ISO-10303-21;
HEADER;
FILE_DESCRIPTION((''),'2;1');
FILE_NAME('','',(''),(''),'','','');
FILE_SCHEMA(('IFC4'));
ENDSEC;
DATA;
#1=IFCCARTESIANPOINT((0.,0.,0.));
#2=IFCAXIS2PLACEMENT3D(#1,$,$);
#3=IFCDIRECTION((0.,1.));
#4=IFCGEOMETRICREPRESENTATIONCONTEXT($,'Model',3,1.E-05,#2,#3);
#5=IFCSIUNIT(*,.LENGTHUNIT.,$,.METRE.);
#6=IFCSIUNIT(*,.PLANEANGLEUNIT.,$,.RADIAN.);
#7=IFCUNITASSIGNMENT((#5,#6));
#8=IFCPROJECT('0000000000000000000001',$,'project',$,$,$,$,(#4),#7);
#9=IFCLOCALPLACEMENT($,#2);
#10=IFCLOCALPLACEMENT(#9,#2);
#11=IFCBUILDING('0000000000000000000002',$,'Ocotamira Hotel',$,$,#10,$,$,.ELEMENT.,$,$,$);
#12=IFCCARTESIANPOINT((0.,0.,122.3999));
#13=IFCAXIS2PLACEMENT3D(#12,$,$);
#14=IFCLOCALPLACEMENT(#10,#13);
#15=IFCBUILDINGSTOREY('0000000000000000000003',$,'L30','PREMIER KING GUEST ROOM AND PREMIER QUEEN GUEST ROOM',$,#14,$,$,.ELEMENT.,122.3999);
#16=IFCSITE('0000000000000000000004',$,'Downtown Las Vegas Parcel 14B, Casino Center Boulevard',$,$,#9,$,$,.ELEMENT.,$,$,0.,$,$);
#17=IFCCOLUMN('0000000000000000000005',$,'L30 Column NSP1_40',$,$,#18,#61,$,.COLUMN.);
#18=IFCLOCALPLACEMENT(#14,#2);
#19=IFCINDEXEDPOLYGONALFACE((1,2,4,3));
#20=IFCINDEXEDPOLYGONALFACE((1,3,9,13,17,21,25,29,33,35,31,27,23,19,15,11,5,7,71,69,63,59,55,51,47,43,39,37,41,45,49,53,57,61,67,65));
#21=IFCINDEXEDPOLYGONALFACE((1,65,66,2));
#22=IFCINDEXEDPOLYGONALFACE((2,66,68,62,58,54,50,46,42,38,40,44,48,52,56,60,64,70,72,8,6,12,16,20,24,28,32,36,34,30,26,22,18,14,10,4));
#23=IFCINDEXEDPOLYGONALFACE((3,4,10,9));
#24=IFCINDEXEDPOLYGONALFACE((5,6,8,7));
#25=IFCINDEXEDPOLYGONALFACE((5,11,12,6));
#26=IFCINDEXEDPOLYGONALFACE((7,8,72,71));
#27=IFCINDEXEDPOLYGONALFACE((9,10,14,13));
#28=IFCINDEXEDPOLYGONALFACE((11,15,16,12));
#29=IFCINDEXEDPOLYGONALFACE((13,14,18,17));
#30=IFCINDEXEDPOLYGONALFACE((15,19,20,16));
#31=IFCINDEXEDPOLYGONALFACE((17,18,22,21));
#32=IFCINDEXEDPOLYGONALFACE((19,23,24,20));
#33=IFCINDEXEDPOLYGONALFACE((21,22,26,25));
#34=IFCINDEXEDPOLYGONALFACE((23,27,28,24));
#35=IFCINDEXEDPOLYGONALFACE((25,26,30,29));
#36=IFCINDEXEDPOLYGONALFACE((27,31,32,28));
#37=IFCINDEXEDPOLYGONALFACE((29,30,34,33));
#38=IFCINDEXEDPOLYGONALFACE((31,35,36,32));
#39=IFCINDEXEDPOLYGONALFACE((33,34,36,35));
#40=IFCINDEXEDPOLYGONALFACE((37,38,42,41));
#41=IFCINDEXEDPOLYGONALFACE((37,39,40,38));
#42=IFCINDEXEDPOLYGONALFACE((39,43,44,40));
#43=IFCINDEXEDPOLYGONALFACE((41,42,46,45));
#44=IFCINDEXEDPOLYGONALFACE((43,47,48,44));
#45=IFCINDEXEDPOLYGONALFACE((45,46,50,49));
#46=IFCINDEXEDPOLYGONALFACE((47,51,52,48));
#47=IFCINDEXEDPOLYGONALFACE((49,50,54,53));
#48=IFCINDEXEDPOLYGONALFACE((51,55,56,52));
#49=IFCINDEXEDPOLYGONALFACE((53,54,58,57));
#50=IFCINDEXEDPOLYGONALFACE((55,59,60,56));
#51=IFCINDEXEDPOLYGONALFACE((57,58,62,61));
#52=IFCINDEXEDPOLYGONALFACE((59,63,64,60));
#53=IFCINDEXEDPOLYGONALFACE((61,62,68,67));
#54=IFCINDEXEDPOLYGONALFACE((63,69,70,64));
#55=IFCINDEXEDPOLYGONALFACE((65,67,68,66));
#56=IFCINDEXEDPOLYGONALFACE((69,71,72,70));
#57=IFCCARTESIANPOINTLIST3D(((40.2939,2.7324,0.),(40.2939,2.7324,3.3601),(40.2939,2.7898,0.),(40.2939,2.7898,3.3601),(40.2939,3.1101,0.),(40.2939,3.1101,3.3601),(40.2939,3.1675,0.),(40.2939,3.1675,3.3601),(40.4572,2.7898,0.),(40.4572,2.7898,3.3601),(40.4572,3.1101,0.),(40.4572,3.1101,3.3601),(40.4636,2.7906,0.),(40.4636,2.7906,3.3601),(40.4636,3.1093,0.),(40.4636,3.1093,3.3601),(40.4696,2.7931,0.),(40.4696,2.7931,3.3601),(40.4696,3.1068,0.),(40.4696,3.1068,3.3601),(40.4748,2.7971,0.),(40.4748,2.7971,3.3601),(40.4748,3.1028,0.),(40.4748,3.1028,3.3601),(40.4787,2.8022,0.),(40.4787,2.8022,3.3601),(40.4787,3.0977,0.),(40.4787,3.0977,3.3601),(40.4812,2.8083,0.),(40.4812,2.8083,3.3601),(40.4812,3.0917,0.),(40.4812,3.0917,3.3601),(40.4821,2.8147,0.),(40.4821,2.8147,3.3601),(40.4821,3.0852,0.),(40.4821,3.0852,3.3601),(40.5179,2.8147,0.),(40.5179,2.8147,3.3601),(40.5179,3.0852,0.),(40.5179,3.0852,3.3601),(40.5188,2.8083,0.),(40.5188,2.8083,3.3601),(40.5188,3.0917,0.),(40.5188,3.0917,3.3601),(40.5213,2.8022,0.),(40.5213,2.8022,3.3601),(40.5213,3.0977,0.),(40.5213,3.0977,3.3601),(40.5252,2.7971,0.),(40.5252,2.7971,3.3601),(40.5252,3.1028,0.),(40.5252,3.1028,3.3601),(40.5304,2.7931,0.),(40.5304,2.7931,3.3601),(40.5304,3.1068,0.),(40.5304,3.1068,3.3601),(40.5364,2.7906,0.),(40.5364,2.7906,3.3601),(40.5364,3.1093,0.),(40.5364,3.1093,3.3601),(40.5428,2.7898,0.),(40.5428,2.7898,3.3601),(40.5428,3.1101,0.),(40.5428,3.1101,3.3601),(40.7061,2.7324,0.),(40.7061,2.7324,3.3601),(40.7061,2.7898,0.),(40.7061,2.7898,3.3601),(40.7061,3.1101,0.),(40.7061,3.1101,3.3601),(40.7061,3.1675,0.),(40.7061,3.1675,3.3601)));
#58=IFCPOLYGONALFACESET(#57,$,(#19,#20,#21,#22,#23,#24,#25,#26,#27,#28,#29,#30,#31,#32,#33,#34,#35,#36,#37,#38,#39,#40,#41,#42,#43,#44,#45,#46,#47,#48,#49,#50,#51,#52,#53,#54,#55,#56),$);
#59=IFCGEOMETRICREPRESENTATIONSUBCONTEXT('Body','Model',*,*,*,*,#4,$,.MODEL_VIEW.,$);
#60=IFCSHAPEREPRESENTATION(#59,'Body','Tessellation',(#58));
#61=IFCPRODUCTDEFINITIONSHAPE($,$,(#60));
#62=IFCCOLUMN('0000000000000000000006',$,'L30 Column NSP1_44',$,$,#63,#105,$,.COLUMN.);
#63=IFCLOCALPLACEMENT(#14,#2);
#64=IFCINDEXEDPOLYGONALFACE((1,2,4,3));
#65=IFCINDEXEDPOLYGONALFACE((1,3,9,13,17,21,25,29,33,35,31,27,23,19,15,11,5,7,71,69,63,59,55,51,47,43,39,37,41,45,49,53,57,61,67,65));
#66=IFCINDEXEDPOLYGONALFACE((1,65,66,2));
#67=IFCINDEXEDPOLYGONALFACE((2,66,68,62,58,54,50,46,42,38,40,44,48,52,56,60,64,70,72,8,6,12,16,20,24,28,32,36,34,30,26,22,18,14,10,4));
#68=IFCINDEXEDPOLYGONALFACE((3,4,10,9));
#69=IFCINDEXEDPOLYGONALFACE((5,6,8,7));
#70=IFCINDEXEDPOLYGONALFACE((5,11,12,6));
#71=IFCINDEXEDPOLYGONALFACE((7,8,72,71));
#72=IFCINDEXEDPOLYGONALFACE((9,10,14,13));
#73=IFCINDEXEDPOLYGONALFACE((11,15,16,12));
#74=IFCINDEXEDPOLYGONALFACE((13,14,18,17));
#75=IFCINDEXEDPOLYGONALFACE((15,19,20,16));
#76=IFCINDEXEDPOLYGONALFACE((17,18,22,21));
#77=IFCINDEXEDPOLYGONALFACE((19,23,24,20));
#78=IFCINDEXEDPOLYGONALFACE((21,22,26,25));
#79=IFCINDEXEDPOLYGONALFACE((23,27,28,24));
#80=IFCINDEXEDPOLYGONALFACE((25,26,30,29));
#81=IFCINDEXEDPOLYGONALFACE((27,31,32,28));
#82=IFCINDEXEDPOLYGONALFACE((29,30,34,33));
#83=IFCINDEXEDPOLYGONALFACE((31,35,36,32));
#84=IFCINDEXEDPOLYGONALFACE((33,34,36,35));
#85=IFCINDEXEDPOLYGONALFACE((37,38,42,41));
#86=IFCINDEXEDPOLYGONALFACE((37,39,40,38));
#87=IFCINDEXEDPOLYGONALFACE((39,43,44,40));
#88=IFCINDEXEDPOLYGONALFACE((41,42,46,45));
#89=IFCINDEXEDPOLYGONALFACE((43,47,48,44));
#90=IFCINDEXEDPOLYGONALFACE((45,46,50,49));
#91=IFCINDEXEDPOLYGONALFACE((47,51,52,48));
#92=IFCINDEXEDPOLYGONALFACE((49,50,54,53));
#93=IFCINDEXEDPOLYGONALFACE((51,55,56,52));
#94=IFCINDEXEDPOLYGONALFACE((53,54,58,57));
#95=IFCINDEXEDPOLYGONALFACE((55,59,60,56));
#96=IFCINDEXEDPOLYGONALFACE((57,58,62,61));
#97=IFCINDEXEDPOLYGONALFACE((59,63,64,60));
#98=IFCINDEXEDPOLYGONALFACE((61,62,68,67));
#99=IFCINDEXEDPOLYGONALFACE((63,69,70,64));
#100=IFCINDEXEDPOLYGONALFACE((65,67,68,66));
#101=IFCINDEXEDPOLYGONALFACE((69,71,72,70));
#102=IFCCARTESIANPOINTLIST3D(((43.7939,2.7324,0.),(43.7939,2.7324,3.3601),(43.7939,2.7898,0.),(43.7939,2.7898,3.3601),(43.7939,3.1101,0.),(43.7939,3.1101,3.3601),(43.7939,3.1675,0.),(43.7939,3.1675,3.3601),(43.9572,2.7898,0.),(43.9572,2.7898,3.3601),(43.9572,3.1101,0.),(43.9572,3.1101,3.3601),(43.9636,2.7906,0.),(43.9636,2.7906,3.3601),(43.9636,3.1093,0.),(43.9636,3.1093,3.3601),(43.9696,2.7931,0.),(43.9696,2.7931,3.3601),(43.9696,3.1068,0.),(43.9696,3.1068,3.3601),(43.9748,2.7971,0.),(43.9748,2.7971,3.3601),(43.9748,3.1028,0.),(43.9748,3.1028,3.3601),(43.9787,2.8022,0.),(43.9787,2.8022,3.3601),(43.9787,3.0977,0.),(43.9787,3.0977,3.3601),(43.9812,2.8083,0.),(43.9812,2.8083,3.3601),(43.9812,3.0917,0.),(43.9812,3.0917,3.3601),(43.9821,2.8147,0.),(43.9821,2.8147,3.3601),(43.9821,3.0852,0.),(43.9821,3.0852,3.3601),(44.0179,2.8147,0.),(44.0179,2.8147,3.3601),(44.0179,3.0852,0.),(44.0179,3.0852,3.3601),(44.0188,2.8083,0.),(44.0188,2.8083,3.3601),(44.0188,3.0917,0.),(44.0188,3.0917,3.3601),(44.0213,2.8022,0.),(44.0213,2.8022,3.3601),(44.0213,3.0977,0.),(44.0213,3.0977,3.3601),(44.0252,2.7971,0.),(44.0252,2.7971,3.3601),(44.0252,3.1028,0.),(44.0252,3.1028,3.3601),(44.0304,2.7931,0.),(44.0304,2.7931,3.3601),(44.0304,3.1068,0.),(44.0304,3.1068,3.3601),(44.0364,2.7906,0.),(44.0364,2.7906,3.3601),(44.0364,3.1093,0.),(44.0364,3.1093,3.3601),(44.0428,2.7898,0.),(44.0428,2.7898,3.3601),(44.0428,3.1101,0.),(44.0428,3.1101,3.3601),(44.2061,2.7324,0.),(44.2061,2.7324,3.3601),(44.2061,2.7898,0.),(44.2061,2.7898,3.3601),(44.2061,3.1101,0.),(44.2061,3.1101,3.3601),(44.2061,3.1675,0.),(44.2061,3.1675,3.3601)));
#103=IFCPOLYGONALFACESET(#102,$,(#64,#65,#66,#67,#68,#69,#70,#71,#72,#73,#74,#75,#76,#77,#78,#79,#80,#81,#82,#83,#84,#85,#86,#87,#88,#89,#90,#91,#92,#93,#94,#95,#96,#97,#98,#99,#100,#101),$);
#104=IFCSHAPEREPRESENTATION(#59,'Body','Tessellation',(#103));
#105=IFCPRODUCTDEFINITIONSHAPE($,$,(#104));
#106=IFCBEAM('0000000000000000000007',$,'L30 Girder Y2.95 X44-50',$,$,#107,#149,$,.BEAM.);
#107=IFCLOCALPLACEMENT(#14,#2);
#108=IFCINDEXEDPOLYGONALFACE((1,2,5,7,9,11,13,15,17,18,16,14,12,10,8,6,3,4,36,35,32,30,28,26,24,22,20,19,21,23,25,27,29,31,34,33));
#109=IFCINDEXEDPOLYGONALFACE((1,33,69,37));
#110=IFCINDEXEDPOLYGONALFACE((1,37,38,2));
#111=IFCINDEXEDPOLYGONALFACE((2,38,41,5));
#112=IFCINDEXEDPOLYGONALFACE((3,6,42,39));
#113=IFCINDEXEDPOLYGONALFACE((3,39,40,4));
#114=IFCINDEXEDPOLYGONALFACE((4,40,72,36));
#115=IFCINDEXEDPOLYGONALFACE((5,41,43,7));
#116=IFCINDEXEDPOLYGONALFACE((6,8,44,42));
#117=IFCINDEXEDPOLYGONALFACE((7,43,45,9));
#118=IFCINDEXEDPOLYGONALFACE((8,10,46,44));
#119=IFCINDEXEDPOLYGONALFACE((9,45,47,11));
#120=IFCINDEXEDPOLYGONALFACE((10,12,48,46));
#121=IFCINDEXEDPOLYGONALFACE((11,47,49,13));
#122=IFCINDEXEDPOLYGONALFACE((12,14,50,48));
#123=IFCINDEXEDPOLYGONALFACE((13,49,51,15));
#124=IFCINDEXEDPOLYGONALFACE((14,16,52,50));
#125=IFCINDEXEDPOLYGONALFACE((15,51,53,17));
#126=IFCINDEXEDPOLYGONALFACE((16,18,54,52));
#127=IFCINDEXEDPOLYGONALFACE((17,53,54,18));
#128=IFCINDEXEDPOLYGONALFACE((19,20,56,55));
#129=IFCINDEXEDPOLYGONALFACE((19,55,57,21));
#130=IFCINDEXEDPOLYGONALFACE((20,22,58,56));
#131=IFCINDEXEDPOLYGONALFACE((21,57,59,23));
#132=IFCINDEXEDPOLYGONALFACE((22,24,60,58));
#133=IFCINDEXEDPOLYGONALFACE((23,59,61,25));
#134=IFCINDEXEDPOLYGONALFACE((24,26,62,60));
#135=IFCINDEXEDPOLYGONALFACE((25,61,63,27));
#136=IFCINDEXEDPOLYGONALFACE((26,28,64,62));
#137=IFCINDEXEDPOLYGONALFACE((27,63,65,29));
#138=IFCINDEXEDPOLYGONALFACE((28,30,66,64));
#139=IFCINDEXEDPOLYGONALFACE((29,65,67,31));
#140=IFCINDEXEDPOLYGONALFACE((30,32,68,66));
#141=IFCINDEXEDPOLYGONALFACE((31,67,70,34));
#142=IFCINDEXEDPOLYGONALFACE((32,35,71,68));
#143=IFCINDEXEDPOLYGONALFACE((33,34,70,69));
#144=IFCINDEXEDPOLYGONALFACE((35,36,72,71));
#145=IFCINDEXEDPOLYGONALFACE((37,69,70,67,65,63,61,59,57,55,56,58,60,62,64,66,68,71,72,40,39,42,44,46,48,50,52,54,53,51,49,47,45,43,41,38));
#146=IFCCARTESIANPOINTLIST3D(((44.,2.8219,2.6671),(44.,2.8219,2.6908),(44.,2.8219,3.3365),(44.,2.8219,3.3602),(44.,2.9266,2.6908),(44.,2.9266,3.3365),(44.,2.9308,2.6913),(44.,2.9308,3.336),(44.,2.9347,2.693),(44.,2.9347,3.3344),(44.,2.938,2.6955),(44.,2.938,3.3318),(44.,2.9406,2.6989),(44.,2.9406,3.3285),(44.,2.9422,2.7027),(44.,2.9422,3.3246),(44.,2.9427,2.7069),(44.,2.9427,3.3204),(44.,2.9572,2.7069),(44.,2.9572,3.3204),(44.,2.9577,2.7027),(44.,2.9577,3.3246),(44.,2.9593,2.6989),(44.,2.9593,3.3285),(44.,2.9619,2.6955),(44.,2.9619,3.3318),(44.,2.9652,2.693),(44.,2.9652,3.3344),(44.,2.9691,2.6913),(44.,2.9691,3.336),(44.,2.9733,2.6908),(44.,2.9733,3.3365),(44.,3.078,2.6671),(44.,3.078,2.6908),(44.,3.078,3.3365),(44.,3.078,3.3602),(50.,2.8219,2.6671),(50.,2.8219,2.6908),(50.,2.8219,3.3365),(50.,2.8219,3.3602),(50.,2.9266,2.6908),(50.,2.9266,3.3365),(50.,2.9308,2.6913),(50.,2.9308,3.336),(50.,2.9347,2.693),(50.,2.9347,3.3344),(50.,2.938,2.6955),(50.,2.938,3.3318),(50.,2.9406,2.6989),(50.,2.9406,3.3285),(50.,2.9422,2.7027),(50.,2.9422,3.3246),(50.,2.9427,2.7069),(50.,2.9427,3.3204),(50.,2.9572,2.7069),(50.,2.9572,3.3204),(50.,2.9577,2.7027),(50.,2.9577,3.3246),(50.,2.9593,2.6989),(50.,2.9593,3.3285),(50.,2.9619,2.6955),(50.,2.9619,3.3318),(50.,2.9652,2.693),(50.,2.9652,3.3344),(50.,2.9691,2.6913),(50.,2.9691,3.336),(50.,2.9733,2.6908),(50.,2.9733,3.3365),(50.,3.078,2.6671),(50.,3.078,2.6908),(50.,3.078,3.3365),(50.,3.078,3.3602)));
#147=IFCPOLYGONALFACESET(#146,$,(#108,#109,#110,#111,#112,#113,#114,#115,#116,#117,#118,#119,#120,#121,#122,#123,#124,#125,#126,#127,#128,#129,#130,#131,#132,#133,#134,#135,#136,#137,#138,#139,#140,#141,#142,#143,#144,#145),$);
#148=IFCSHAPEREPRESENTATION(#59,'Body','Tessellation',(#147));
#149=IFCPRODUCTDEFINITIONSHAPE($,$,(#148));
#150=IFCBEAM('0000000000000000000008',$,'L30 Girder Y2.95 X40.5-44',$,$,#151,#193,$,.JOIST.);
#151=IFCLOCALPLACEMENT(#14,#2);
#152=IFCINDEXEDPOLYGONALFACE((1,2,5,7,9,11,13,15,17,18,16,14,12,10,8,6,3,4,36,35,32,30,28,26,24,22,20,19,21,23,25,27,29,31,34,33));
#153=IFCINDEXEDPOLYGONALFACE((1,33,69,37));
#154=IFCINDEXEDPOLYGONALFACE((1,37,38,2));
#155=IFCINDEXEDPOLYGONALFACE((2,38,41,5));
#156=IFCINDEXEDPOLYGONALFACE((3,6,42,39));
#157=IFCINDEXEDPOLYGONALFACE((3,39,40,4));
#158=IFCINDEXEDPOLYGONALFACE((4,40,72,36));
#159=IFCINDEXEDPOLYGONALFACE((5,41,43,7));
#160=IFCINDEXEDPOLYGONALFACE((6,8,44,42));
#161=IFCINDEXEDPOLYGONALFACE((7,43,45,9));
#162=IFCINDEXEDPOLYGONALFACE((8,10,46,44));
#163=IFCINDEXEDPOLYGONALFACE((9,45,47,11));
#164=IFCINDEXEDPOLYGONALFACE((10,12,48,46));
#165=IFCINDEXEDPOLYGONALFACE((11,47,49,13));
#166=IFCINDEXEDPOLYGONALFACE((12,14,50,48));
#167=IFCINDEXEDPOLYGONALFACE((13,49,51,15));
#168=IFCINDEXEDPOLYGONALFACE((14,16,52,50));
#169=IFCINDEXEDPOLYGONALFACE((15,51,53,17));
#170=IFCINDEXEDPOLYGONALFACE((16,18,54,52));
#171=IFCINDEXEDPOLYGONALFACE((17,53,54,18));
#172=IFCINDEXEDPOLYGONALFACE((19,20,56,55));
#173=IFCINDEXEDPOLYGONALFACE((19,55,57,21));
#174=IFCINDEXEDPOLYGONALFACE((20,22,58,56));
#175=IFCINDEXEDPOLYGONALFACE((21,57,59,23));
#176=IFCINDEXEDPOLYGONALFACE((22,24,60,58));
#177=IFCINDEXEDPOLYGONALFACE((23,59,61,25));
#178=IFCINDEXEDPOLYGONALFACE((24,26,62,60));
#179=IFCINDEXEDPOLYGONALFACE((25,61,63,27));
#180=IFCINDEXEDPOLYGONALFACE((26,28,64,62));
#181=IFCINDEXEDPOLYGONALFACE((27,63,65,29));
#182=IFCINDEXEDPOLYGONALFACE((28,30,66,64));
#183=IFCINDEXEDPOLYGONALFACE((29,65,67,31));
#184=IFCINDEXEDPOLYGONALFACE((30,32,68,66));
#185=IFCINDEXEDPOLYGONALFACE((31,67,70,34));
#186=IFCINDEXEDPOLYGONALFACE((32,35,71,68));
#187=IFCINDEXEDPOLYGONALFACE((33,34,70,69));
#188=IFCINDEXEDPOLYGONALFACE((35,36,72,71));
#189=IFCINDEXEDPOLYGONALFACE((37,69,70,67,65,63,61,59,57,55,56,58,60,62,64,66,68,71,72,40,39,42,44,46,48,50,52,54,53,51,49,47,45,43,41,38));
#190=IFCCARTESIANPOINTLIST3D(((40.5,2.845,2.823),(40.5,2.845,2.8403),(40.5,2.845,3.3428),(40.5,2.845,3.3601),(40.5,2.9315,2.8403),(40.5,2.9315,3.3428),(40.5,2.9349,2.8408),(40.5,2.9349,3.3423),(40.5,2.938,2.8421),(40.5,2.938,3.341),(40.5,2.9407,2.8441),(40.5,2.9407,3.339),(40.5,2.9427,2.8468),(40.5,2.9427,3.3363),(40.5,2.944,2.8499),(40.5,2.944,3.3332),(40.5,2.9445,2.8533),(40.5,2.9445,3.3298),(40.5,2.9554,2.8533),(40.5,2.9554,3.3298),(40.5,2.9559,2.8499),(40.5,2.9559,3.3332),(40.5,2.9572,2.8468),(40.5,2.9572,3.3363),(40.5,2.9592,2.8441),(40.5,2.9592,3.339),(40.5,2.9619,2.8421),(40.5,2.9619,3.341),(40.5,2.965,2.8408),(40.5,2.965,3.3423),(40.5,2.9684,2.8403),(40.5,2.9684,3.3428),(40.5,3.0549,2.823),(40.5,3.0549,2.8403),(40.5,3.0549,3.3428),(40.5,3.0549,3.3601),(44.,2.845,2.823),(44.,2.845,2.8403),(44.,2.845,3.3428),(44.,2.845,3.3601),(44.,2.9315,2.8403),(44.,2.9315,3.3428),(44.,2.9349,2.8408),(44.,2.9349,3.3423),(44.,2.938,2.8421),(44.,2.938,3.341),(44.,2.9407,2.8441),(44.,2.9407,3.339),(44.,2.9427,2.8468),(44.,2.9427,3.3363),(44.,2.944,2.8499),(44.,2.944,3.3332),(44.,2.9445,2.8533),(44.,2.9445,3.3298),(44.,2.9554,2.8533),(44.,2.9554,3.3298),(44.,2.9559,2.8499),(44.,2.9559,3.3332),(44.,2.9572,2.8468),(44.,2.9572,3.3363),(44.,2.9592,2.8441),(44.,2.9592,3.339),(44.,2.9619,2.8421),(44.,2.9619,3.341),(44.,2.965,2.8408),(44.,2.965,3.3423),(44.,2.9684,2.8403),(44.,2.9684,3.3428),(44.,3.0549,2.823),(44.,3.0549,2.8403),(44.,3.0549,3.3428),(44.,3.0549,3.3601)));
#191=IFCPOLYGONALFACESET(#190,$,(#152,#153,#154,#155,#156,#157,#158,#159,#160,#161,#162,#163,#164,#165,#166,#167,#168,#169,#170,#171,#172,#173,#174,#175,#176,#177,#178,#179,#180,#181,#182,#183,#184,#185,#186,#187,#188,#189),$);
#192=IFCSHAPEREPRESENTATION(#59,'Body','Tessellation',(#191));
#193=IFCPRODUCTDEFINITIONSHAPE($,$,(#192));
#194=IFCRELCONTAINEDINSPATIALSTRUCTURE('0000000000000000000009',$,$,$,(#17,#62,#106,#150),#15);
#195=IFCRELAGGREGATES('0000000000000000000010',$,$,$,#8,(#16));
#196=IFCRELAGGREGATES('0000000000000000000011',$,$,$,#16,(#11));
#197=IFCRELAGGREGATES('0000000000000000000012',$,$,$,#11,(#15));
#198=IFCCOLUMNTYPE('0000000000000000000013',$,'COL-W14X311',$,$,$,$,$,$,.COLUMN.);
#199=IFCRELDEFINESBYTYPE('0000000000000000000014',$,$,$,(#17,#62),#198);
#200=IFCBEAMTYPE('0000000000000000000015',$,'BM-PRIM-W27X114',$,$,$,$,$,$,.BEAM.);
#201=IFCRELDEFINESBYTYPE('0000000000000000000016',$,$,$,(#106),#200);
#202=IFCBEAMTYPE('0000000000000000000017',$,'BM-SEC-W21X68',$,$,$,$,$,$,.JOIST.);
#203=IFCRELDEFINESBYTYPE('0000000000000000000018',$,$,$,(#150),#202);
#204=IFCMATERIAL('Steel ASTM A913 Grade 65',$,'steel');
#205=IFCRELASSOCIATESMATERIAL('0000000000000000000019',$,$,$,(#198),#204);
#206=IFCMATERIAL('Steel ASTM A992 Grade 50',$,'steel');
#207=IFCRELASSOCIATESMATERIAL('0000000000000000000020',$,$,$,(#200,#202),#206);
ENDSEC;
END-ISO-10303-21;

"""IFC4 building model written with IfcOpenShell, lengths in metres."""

from ifc_helpers import new_model, si_unit, direction, frame, origin, origin_2d, place, context, subcontext, project, spatial, i_section, extrude, source, transform, mapped, material, material_profile, profile_set, type_object, element, save


model = new_model("IFC4")

# Units and contexts
model_context = context("Model", 3, precision=1e-05, world=origin(), true_north=direction((0.0, 1.0)))
body_context = subcontext(model_context, "Body", "Model", "MODEL_VIEW")
ifc_project = project(units=[si_unit("LENGTHUNIT", "METRE"), si_unit("PLANEANGLEUNIT", "RADIAN")], contexts=[model_context])

# Site, building, storey
site_placement = place(None, origin())
site = spatial("IfcSite", under=ifc_project, at=site_placement, Name="Downtown Las Vegas Parcel 14B, Casino Center Boulevard", CompositionType="ELEMENT", RefElevation=0.0)
building_placement = place(site_placement, origin())
building = spatial("IfcBuilding", under=site, at=building_placement, Name="Ocotamira Hotel", CompositionType="ELEMENT")
storey_placement = place(building_placement, frame((0.0, 0.0, 122.3999)))
storey = spatial("IfcBuildingStorey", under=building, at=storey_placement, Name="L30", Description="PREMIER KING GUEST ROOM AND PREMIER QUEEN GUEST ROOM", CompositionType="ELEMENT", Elevation=122.3999)

# Columns
ifc_material_1 = material(Name="Steel ASTM A913 Grade 65", Category="steel")
ifc_material_profile_1 = material_profile(ifc_material_1, i_section(OverallWidth=0.4121, OverallDepth=0.4351, WebThickness=0.0359, FlangeThickness=0.0574, FilletRadius=0.0249, at=origin_2d()), Name="W14X311")
ifc_profile_set_1 = profile_set([ifc_material_profile_1], Name="Steel ASTM A913 Grade 65")
column_type = type_object("IfcColumnType", Name="COL-W14X311", PredefinedType="COLUMN", material=ifc_profile_set_1)
shared_shape_1 = source(origin(), body_context, "Body", "SweptSolid", [
    extrude(i_section(OverallWidth=0.4121, OverallDepth=0.4351, WebThickness=0.0359, FlangeThickness=0.0574, FilletRadius=0.0249, at=origin_2d()), origin(), (0.0, 0.0, 1.0), 3.3601),
])
for number, where, z_axis, x_axis, name in (
    (1, (40.5, 2.95, 0.0), (0.0, 0.0, 1.0), (1.0, 0.0, 0.0), "L30 Column NSP1_40"),
    (2, (44.0, 2.95, 0.0), (0.0, 0.0, 1.0), (1.0, 0.0, 0.0), "L30 Column NSP1_44"),
):
    element("IfcColumn", number, at=place(storey_placement, frame(where, z_axis=z_axis, x_axis=x_axis)), inside=storey, type_object=column_type, Name=name, PredefinedType="COLUMN", context=body_context, shape_type="MappedRepresentation", body=[
        mapped(shared_shape_1, transform((0.0, 0.0, 0.0), scale=1.0)),
    ])

# Beams
ifc_material_2 = material(Name="Steel ASTM A992 Grade 50", Category="steel")
ifc_material_profile_2 = material_profile(ifc_material_2, i_section(OverallWidth=0.2561, OverallDepth=0.6931, WebThickness=0.0144, FlangeThickness=0.0237, FilletRadius=0.0161, at=origin_2d()), Name="W27X114")
ifc_profile_set_2 = profile_set([ifc_material_profile_2], Name="Steel ASTM A992 Grade 50")
beam_type_1 = type_object("IfcBeamType", Name="BM-PRIM-W27X114", PredefinedType="BEAM", material=ifc_profile_set_2)
shared_shape_2 = source(origin(), body_context, "Body", "SweptSolid", [
    extrude(i_section(OverallWidth=0.2561, OverallDepth=0.6931, WebThickness=0.0144, FlangeThickness=0.0237, FilletRadius=0.0161, at=origin_2d()), origin(), (0.0, 0.0, 1.0), 6.0),
])
beam_1_placement = place(storey_placement, frame((44.0, 2.95, 3.0137), z_axis=(1.0, 0.0, 0.0), x_axis=(0.0, 1.0, 0.0)))
element("IfcBeam", 3, at=beam_1_placement, inside=storey, type_object=beam_type_1, Name="L30 Girder Y2.95 X44-50", PredefinedType="BEAM", context=body_context, shape_type="MappedRepresentation", body=[
    mapped(shared_shape_2, transform((0.0, 0.0, 0.0), scale=1.0)),
])
ifc_material_profile_3 = material_profile(ifc_material_2, i_section(OverallWidth=0.21, OverallDepth=0.5371, WebThickness=0.011, FlangeThickness=0.0173, FilletRadius=0.0129, at=origin_2d()), Name="W21X68")
ifc_profile_set_3 = profile_set([ifc_material_profile_3], Name="Steel ASTM A992 Grade 50")
beam_type_2 = type_object("IfcBeamType", Name="BM-SEC-W21X68", PredefinedType="JOIST", material=ifc_profile_set_3)
shared_shape_3 = source(origin(), body_context, "Body", "SweptSolid", [
    extrude(i_section(OverallWidth=0.21, OverallDepth=0.5371, WebThickness=0.011, FlangeThickness=0.0173, FilletRadius=0.0129, at=origin_2d()), origin(), (0.0, 0.0, 1.0), 3.5),
])
beam_2_placement = place(storey_placement, frame((40.5, 2.95, 3.0916), z_axis=(1.0, 0.0, 0.0), x_axis=(0.0, 1.0, 0.0)))
element("IfcBeam", 4, at=beam_2_placement, inside=storey, type_object=beam_type_2, Name="L30 Girder Y2.95 X40.5-44", PredefinedType="JOIST", context=body_context, shape_type="MappedRepresentation", body=[
    mapped(shared_shape_3, transform((0.0, 0.0, 0.0), scale=1.0)),
])

save(model, "model.ifc")
